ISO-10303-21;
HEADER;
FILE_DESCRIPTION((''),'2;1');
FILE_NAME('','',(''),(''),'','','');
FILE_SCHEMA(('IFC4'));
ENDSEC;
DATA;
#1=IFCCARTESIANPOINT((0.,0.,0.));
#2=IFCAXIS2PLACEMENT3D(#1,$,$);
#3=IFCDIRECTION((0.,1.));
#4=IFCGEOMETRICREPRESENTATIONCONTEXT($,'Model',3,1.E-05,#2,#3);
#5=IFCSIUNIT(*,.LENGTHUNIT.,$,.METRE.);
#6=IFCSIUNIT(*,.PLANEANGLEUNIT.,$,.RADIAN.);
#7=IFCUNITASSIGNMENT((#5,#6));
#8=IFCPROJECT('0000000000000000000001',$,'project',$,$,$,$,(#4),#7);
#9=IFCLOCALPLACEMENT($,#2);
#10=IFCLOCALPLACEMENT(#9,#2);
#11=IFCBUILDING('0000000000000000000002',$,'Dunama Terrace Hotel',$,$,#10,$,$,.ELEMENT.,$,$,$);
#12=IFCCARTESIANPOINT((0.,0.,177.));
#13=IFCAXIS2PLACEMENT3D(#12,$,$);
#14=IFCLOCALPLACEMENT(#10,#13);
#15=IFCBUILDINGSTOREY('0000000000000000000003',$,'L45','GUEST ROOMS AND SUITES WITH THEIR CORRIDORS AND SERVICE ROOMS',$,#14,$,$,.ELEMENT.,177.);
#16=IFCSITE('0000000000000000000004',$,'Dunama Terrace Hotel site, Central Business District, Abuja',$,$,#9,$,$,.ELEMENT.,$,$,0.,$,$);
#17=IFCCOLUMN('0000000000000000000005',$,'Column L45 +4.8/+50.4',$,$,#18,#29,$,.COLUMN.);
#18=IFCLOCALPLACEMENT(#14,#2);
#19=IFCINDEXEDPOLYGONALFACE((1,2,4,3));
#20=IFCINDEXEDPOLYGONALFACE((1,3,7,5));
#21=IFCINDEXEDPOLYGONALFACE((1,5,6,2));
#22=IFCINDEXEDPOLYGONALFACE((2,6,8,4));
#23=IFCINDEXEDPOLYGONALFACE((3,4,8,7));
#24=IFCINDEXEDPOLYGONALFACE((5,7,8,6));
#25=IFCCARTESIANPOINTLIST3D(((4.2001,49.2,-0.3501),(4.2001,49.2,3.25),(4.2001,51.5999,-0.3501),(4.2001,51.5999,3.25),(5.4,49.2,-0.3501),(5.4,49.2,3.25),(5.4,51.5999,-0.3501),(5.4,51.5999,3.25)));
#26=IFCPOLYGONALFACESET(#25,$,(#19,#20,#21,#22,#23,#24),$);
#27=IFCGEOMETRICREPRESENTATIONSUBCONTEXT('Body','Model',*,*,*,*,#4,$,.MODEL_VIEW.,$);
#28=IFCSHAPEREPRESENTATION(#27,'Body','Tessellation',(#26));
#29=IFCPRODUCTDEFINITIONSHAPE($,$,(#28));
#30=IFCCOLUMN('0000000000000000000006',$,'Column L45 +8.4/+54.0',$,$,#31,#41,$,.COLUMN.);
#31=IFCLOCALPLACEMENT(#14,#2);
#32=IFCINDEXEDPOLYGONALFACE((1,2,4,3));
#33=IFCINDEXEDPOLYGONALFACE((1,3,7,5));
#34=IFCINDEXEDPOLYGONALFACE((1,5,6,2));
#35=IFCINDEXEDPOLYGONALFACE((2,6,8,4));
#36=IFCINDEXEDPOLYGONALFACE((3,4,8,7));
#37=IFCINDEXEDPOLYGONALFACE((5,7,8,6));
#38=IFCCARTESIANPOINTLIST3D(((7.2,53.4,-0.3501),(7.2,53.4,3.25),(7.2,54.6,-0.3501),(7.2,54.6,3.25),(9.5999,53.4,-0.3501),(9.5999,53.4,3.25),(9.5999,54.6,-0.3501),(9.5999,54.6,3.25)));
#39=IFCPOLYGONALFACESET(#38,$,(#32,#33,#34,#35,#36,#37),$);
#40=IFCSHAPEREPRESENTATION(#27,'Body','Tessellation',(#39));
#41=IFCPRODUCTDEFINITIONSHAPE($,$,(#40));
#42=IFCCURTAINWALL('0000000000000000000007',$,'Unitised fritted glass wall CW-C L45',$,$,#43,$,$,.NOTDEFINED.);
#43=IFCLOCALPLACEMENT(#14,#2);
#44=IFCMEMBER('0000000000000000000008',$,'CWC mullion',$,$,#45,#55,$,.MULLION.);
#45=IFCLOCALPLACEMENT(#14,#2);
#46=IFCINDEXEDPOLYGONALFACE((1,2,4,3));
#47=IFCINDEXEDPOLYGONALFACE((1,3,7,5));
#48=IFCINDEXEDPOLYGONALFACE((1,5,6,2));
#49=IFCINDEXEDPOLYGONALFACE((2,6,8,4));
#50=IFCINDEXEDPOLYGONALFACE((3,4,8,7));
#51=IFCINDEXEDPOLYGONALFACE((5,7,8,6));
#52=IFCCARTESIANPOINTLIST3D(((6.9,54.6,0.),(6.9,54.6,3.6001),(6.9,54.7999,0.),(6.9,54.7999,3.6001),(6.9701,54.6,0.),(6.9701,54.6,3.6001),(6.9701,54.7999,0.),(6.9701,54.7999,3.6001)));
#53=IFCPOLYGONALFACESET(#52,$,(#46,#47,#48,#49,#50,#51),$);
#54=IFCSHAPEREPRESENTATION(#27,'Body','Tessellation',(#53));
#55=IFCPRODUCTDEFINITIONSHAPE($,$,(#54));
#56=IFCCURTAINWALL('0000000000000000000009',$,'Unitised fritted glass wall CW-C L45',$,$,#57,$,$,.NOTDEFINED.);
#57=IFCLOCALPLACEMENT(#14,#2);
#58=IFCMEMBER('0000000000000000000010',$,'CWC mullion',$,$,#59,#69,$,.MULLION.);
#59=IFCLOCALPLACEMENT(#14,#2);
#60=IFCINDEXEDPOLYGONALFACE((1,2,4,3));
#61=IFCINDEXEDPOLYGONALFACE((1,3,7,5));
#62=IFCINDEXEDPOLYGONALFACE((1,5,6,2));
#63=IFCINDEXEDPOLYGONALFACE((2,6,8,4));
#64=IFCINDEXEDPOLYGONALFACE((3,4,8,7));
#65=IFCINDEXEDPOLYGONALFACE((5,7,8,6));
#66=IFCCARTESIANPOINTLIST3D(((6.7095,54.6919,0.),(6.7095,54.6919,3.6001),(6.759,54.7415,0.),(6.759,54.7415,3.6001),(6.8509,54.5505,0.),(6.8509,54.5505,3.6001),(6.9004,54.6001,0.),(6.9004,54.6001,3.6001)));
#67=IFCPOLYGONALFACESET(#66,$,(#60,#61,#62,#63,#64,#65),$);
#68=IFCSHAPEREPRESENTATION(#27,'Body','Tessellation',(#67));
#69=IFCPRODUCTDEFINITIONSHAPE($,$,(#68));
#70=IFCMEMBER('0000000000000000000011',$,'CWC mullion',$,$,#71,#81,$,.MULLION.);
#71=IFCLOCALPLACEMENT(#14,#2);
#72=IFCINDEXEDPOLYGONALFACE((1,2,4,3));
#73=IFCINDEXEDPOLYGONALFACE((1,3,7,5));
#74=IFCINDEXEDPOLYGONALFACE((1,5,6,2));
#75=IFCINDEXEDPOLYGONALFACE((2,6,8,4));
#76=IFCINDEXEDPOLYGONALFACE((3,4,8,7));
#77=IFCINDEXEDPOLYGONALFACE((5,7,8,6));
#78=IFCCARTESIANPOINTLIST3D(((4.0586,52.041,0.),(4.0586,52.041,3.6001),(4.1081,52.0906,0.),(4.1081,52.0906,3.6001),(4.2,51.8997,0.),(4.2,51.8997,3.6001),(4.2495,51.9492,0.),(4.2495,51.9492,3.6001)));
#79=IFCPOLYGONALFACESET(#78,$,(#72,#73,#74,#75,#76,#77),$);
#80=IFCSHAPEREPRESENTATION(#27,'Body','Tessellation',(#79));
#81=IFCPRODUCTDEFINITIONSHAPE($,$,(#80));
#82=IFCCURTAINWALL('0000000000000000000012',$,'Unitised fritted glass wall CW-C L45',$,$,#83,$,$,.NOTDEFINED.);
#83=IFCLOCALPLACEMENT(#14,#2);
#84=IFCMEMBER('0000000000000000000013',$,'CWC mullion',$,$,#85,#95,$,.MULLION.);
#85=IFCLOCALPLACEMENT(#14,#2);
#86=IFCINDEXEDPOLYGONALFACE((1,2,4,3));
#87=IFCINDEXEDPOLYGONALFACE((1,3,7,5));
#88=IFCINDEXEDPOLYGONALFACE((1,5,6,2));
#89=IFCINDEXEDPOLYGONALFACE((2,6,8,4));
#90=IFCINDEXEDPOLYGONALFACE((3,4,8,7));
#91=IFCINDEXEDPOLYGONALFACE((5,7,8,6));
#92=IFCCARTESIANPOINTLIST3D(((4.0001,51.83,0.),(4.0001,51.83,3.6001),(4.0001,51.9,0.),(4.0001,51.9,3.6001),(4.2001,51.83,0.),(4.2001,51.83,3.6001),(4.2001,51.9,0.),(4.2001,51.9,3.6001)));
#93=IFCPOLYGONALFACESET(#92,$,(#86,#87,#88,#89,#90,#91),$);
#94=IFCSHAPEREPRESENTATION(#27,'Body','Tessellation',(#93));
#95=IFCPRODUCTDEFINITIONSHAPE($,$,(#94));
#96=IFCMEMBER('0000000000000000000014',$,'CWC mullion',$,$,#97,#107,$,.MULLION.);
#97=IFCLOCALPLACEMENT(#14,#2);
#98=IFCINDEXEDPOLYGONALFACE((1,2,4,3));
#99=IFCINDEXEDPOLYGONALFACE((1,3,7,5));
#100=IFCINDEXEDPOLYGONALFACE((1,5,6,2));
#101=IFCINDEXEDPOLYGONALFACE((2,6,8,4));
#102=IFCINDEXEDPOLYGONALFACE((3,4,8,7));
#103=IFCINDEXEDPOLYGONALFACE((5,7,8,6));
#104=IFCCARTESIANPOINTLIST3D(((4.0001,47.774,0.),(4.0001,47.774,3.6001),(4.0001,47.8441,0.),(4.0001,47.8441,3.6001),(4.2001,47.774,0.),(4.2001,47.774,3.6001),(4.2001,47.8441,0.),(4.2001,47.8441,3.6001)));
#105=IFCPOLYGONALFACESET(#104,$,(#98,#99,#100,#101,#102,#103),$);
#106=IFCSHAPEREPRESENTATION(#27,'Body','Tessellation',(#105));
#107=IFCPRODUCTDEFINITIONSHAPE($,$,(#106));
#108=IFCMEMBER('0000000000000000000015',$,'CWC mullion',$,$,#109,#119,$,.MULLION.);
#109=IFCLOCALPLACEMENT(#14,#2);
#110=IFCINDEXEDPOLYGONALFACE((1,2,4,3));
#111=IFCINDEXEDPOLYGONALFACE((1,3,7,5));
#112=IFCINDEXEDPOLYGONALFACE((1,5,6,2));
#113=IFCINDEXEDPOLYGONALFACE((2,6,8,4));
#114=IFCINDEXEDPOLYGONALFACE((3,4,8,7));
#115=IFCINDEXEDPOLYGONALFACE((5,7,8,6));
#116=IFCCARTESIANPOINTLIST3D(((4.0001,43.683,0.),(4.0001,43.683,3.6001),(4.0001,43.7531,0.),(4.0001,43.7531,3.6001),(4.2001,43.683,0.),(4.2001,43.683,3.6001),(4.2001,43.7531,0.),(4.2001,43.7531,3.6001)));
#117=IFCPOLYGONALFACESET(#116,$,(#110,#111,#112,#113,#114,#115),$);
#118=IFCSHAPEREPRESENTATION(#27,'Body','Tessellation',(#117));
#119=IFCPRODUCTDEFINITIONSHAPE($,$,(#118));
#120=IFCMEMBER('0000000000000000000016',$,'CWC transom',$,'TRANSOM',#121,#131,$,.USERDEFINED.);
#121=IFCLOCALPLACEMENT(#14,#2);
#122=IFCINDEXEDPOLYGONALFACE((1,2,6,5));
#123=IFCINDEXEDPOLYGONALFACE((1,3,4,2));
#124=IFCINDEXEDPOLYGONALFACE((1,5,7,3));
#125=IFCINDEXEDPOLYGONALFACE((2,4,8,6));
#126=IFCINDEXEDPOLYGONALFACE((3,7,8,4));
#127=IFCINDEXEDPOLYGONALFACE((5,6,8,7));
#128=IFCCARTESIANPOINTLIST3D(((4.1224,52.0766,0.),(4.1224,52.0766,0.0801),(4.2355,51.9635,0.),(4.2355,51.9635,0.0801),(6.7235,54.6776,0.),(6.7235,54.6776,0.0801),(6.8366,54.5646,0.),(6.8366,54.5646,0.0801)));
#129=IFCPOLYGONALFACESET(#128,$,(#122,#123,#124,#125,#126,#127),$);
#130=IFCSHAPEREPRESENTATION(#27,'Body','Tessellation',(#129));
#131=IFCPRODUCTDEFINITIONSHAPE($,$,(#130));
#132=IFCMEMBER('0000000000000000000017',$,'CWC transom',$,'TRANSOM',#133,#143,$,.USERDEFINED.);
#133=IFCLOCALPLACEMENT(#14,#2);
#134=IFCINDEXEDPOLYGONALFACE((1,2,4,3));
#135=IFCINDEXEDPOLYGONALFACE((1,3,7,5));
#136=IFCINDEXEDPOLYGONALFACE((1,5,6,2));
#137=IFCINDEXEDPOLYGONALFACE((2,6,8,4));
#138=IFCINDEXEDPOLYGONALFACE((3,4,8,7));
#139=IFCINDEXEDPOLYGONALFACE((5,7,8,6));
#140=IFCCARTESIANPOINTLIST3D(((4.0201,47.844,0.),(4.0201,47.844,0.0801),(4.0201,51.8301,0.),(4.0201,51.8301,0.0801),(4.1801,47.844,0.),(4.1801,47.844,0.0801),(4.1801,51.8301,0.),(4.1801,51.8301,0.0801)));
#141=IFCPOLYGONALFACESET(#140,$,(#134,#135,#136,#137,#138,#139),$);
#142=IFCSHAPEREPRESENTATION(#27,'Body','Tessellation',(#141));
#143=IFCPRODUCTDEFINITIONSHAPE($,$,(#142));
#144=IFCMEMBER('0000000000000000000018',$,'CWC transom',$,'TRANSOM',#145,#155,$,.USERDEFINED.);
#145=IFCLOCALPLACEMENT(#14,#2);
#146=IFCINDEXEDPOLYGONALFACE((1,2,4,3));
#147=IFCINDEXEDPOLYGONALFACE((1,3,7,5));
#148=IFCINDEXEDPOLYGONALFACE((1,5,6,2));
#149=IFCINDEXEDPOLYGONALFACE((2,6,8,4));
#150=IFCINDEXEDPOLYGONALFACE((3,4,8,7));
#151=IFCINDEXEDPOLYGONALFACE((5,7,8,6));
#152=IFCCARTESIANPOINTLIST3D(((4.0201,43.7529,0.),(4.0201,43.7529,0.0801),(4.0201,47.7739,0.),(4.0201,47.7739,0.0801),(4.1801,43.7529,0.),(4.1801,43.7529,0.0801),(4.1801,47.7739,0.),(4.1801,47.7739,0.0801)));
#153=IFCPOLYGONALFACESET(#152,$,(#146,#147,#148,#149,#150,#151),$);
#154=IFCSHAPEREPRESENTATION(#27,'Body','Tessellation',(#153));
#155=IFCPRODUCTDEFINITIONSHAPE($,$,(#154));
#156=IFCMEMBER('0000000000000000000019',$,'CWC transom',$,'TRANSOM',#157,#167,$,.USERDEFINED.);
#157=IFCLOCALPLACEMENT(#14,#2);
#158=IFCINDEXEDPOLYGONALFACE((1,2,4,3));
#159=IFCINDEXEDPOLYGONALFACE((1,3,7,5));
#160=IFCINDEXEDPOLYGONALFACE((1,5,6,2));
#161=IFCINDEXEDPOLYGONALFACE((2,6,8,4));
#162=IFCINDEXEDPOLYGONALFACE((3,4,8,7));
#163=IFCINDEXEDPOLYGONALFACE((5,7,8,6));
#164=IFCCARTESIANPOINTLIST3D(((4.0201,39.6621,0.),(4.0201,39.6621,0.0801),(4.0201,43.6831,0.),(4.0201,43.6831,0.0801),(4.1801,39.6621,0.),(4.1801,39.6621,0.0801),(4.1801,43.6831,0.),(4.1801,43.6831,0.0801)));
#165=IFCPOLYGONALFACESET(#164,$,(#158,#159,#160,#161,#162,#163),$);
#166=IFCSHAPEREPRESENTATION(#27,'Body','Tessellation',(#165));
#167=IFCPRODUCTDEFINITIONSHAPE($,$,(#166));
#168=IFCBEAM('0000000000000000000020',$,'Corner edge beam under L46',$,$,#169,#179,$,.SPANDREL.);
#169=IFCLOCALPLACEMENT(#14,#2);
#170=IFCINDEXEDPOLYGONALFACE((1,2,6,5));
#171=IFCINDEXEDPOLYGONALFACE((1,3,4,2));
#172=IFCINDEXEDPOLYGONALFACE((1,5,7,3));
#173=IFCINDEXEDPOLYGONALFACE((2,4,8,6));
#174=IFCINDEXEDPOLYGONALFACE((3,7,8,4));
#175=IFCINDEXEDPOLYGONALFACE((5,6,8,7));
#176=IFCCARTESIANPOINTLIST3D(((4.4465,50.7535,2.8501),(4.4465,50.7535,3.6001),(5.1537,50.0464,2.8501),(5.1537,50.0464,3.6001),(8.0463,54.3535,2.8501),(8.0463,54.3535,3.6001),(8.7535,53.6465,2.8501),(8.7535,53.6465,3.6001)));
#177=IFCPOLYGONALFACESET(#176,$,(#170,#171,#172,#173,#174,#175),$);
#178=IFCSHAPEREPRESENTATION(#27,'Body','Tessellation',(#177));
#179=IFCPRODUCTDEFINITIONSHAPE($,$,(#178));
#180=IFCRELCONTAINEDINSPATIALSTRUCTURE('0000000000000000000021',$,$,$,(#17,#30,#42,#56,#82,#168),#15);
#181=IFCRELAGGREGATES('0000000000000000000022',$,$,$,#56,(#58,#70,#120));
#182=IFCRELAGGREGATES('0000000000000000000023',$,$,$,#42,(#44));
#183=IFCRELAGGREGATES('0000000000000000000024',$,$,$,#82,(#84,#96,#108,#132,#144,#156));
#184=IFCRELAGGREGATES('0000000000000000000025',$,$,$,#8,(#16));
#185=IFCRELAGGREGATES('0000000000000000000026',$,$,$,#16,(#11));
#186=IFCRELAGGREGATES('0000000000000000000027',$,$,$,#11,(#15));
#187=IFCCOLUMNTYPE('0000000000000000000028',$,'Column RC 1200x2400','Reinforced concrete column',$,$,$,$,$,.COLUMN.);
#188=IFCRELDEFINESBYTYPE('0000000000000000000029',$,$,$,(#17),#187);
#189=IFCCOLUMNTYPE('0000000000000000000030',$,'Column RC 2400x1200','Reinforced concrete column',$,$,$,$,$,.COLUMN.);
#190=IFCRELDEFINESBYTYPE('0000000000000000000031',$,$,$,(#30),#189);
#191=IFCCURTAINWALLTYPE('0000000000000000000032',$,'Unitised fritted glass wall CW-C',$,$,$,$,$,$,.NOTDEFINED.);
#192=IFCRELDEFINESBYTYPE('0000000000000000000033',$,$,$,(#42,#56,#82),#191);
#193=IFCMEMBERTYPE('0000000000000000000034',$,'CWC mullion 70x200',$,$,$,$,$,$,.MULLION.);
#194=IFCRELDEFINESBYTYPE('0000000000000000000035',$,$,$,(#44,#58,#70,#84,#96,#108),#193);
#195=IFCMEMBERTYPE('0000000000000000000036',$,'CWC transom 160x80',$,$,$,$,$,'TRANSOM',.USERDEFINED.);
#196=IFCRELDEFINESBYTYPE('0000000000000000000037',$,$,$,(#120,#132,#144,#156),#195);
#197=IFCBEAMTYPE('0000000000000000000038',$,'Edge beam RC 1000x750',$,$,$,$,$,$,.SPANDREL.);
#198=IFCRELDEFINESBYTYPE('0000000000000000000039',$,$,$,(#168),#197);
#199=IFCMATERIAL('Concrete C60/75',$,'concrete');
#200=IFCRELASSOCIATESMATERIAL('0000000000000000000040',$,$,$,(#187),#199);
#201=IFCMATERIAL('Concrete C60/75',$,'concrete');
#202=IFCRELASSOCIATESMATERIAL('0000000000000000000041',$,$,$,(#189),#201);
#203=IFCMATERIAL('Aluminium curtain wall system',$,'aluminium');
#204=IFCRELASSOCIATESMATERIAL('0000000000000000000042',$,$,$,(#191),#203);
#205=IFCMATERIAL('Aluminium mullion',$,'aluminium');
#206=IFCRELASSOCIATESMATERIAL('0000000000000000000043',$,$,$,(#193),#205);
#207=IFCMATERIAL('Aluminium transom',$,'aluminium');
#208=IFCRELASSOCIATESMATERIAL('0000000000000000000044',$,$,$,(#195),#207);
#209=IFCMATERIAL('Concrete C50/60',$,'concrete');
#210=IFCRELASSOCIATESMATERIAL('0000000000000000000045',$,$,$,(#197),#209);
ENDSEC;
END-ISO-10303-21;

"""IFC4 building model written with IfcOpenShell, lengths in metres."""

from ifc_helpers import new_model, si_unit, direction, frame, origin, origin_2d, place, context, subcontext, project, spatial, rectangle, extrude, material, material_profile, profile_set, type_object, element, aggregate, save


model = new_model("IFC4")

# Units and contexts
model_context = context("Model", 3, precision=1e-05, world=origin(), true_north=direction((0.0, 1.0)))
body_context = subcontext(model_context, "Body", "Model", "MODEL_VIEW")
ifc_project = project(units=[si_unit("LENGTHUNIT", "METRE"), si_unit("PLANEANGLEUNIT", "RADIAN")], contexts=[model_context])

# Site, building, storey
site_placement = place(None, origin())
site = spatial("IfcSite", under=ifc_project, at=site_placement, Name="Dunama Terrace Hotel site, Central Business District, Abuja", CompositionType="ELEMENT", RefElevation=0.0)
building_placement = place(site_placement, origin())
building = spatial("IfcBuilding", under=site, at=building_placement, Name="Dunama Terrace Hotel", CompositionType="ELEMENT")
storey_placement = place(building_placement, frame((0.0, 0.0, 177.0)))
storey = spatial("IfcBuildingStorey", under=building, at=storey_placement, Name="L45", Description="GUEST ROOMS AND SUITES WITH THEIR CORRIDORS AND SERVICE ROOMS", CompositionType="ELEMENT", Elevation=177.0)

# Columns
ifc_material_1 = material(Name="Concrete C60/75", Category="concrete")
ifc_material_profile_1 = material_profile(ifc_material_1, rectangle(XDim=1.2, YDim=2.3999, at=origin_2d()), Name="RC 1200x2400")
ifc_profile_set_1 = profile_set([ifc_material_profile_1], Name="Concrete C60/75")
column_type_1 = type_object("IfcColumnType", Name="Column RC 1200x2400", Description="Reinforced concrete column", PredefinedType="COLUMN", material=ifc_profile_set_1)
column_1_placement = place(storey_placement, frame((4.8, 50.3999, -0.3501), z_axis=(0.0, 0.0, 1.0), x_axis=(1.0, 0.0, 0.0)))
element("IfcColumn", 1, at=column_1_placement, inside=storey, type_object=column_type_1, Name="Column L45 +4.8/+50.4", PredefinedType="COLUMN", context=body_context, shape_type="SweptSolid", body=[
    extrude(rectangle(XDim=1.2, YDim=2.3999, at=origin_2d()), origin(), (0.0, 0.0, 1.0), 3.6001),
])
ifc_material_2 = material(Name="Concrete C60/75", Category="concrete")
ifc_material_profile_2 = material_profile(ifc_material_2, rectangle(XDim=2.3999, YDim=1.2, at=origin_2d()), Name="RC 2400x1200")
ifc_profile_set_2 = profile_set([ifc_material_profile_2], Name="Concrete C60/75")
column_type_2 = type_object("IfcColumnType", Name="Column RC 2400x1200", Description="Reinforced concrete column", PredefinedType="COLUMN", material=ifc_profile_set_2)
column_2_placement = place(storey_placement, frame((8.3999, 54.0, -0.3501), z_axis=(0.0, 0.0, 1.0), x_axis=(1.0, 0.0, 0.0)))
element("IfcColumn", 2, at=column_2_placement, inside=storey, type_object=column_type_2, Name="Column L45 +8.4/+54.0", PredefinedType="COLUMN", context=body_context, shape_type="SweptSolid", body=[
    extrude(rectangle(XDim=2.3999, YDim=1.2, at=origin_2d()), origin(), (0.0, 0.0, 1.0), 3.6001),
])

# Curtain wall, member
ifc_material_3 = material(Name="Aluminium curtain wall system", Category="aluminium")
curtain_wall_type = type_object("IfcCurtainWallType", Name="Unitised fritted glass wall CW-C", PredefinedType="NOTDEFINED", material=ifc_material_3)
curtain_wall_1_placement = place(storey_placement, origin())
curtain_wall_1 = element("IfcCurtainWall", 3, at=curtain_wall_1_placement, inside=storey, type_object=curtain_wall_type, Name="Unitised fritted glass wall CW-C L45", PredefinedType="NOTDEFINED")
ifc_material_4 = material(Name="Aluminium mullion", Category="aluminium")
ifc_material_profile_3 = material_profile(ifc_material_4, rectangle(XDim=0.0701, YDim=0.2, at=origin_2d()), Name="CWC MULLION 70X200")
ifc_profile_set_3 = profile_set([ifc_material_profile_3], Name="Aluminium mullion")
member_type_1 = type_object("IfcMemberType", Name="CWC mullion 70x200", PredefinedType="MULLION", material=ifc_profile_set_3)
member_1_placement = place(storey_placement, frame((6.9351, 54.7, 0.0), z_axis=(0.0, 0.0, 1.0), x_axis=(-1.0, 0.0, 0.0)))
member_1 = element("IfcMember", 4, at=member_1_placement, type_object=member_type_1, Name="CWC mullion", PredefinedType="MULLION", context=body_context, shape_type="SweptSolid", body=[
    extrude(rectangle(XDim=0.0701, YDim=0.2, at=origin_2d()), origin(), (0.0, 0.0, 1.0), 3.6001),
])

# Curtain walls, members
curtain_wall_2_placement = place(storey_placement, origin())
curtain_wall_2 = element("IfcCurtainWall", 5, at=curtain_wall_2_placement, inside=storey, type_object=curtain_wall_type, Name="Unitised fritted glass wall CW-C L45", PredefinedType="NOTDEFINED")
member_2_placement = place(storey_placement, frame((6.8049, 54.646, 0.0), z_axis=(0.0, 0.0, 1.0), x_axis=(-0.707107, -0.707107, 0.0)))
member_2 = element("IfcMember", 6, at=member_2_placement, type_object=member_type_1, Name="CWC mullion", PredefinedType="MULLION", context=body_context, shape_type="SweptSolid", body=[
    extrude(rectangle(XDim=0.0701, YDim=0.2, at=origin_2d()), origin(), (0.0, 0.0, 1.0), 3.6001),
])
member_3_placement = place(storey_placement, frame((4.1541, 51.9951, 0.0), z_axis=(0.0, 0.0, 1.0), x_axis=(-0.707107, -0.707107, 0.0)))
member_3 = element("IfcMember", 7, at=member_3_placement, type_object=member_type_1, Name="CWC mullion", PredefinedType="MULLION", context=body_context, shape_type="SweptSolid", body=[
    extrude(rectangle(XDim=0.0701, YDim=0.2, at=origin_2d()), origin(), (0.0, 0.0, 1.0), 3.6001),
])
curtain_wall_3_placement = place(storey_placement, origin())
curtain_wall_3 = element("IfcCurtainWall", 8, at=curtain_wall_3_placement, inside=storey, type_object=curtain_wall_type, Name="Unitised fritted glass wall CW-C L45", PredefinedType="NOTDEFINED")
member_4_placement = place(storey_placement, frame((4.1001, 51.865, 0.0), z_axis=(0.0, 0.0, 1.0), x_axis=(0.0, -1.0, 0.0)))
member_4 = element("IfcMember", 9, at=member_4_placement, type_object=member_type_1, Name="CWC mullion", PredefinedType="MULLION", context=body_context, shape_type="SweptSolid", body=[
    extrude(rectangle(XDim=0.0701, YDim=0.2, at=origin_2d()), origin(), (0.0, 0.0, 1.0), 3.6001),
])
member_5_placement = place(storey_placement, frame((4.1001, 47.8091, 0.0), z_axis=(0.0, 0.0, 1.0), x_axis=(0.0, -1.0, 0.0)))
member_5 = element("IfcMember", 10, at=member_5_placement, type_object=member_type_1, Name="CWC mullion", PredefinedType="MULLION", context=body_context, shape_type="SweptSolid", body=[
    extrude(rectangle(XDim=0.0701, YDim=0.2, at=origin_2d()), origin(), (0.0, 0.0, 1.0), 3.6001),
])
member_6_placement = place(storey_placement, frame((4.1001, 43.718, 0.0), z_axis=(0.0, 0.0, 1.0), x_axis=(0.0, -1.0, 0.0)))
member_6 = element("IfcMember", 11, at=member_6_placement, type_object=member_type_1, Name="CWC mullion", PredefinedType="MULLION", context=body_context, shape_type="SweptSolid", body=[
    extrude(rectangle(XDim=0.0701, YDim=0.2, at=origin_2d()), origin(), (0.0, 0.0, 1.0), 3.6001),
])

# Members
ifc_material_5 = material(Name="Aluminium transom", Category="aluminium")
ifc_material_profile_4 = material_profile(ifc_material_5, rectangle(XDim=0.1599, YDim=0.0801, at=origin_2d()), Name="CWC TRANSOM 160X80")
ifc_profile_set_4 = profile_set([ifc_material_profile_4], Name="Aluminium transom")
member_type_2 = type_object("IfcMemberType", Name="CWC transom 160x80", ElementType="TRANSOM", PredefinedType="USERDEFINED", material=ifc_profile_set_4)
member_7_placement = place(storey_placement, frame((6.78, 54.6211, 0.04), z_axis=(-0.707107, -0.707107, 0.0), x_axis=(0.707107, -0.707107, 0.0)))
member_7 = element("IfcMember", 12, at=member_7_placement, type_object=member_type_2, Name="CWC transom", ObjectType="TRANSOM", PredefinedType="USERDEFINED", context=body_context, shape_type="SweptSolid", body=[
    extrude(rectangle(XDim=0.1599, YDim=0.0801, at=origin_2d()), origin(), (0.0, 0.0, 1.0), 3.6785),
])
member_8_placement = place(storey_placement, frame((4.1001, 51.8301, 0.04), z_axis=(0.0, -1.0, 0.0), x_axis=(1.0, 0.0, 0.0)))
member_8 = element("IfcMember", 13, at=member_8_placement, type_object=member_type_2, Name="CWC transom", ObjectType="TRANSOM", PredefinedType="USERDEFINED", context=body_context, shape_type="SweptSolid", body=[
    extrude(rectangle(XDim=0.1599, YDim=0.0801, at=origin_2d()), origin(), (0.0, 0.0, 1.0), 3.9861),
])
member_9_placement = place(storey_placement, frame((4.1001, 47.7739, 0.04), z_axis=(0.0, -1.0, 0.0), x_axis=(1.0, 0.0, 0.0)))
member_9 = element("IfcMember", 14, at=member_9_placement, type_object=member_type_2, Name="CWC transom", ObjectType="TRANSOM", PredefinedType="USERDEFINED", context=body_context, shape_type="SweptSolid", body=[
    extrude(rectangle(XDim=0.1599, YDim=0.0801, at=origin_2d()), origin(), (0.0, 0.0, 1.0), 4.021),
])
member_10_placement = place(storey_placement, frame((4.1001, 43.6831, 0.04), z_axis=(0.0, -1.0, 0.0), x_axis=(1.0, 0.0, 0.0)))
member_10 = element("IfcMember", 15, at=member_10_placement, type_object=member_type_2, Name="CWC transom", ObjectType="TRANSOM", PredefinedType="USERDEFINED", context=body_context, shape_type="SweptSolid", body=[
    extrude(rectangle(XDim=0.1599, YDim=0.0801, at=origin_2d()), origin(), (0.0, 0.0, 1.0), 4.021),
])

# Beam
ifc_material_6 = material(Name="Concrete C50/60", Category="concrete")
ifc_material_profile_5 = material_profile(ifc_material_6, rectangle(XDim=1.0, YDim=0.75, at=origin_2d()), Name="RC 1000x750")
ifc_profile_set_5 = profile_set([ifc_material_profile_5], Name="Concrete C50/60")
beam_type_1 = type_object("IfcBeamType", Name="Edge beam RC 1000x750", PredefinedType="SPANDREL", material=ifc_profile_set_5)
beam_1_placement = place(storey_placement, frame((8.3999, 54.0, 3.2251), z_axis=(-0.707083, -0.707131, 0.0), x_axis=(0.707131, -0.707083, 0.0)))
element("IfcBeam", 16, at=beam_1_placement, inside=storey, type_object=beam_type_1, Name="Corner edge beam under L46", PredefinedType="SPANDREL", context=body_context, shape_type="SweptSolid", body=[
    extrude(rectangle(XDim=1.0, YDim=0.75, at=origin_2d()), origin(), (0.0, 0.0, 1.0), 5.0911),
])

aggregate(curtain_wall_2, [member_2, member_3, member_7])
aggregate(curtain_wall_1, [member_1])
aggregate(curtain_wall_3, [member_4, member_5, member_6, member_8, member_9, member_10])

save(model, "model.ifc")
